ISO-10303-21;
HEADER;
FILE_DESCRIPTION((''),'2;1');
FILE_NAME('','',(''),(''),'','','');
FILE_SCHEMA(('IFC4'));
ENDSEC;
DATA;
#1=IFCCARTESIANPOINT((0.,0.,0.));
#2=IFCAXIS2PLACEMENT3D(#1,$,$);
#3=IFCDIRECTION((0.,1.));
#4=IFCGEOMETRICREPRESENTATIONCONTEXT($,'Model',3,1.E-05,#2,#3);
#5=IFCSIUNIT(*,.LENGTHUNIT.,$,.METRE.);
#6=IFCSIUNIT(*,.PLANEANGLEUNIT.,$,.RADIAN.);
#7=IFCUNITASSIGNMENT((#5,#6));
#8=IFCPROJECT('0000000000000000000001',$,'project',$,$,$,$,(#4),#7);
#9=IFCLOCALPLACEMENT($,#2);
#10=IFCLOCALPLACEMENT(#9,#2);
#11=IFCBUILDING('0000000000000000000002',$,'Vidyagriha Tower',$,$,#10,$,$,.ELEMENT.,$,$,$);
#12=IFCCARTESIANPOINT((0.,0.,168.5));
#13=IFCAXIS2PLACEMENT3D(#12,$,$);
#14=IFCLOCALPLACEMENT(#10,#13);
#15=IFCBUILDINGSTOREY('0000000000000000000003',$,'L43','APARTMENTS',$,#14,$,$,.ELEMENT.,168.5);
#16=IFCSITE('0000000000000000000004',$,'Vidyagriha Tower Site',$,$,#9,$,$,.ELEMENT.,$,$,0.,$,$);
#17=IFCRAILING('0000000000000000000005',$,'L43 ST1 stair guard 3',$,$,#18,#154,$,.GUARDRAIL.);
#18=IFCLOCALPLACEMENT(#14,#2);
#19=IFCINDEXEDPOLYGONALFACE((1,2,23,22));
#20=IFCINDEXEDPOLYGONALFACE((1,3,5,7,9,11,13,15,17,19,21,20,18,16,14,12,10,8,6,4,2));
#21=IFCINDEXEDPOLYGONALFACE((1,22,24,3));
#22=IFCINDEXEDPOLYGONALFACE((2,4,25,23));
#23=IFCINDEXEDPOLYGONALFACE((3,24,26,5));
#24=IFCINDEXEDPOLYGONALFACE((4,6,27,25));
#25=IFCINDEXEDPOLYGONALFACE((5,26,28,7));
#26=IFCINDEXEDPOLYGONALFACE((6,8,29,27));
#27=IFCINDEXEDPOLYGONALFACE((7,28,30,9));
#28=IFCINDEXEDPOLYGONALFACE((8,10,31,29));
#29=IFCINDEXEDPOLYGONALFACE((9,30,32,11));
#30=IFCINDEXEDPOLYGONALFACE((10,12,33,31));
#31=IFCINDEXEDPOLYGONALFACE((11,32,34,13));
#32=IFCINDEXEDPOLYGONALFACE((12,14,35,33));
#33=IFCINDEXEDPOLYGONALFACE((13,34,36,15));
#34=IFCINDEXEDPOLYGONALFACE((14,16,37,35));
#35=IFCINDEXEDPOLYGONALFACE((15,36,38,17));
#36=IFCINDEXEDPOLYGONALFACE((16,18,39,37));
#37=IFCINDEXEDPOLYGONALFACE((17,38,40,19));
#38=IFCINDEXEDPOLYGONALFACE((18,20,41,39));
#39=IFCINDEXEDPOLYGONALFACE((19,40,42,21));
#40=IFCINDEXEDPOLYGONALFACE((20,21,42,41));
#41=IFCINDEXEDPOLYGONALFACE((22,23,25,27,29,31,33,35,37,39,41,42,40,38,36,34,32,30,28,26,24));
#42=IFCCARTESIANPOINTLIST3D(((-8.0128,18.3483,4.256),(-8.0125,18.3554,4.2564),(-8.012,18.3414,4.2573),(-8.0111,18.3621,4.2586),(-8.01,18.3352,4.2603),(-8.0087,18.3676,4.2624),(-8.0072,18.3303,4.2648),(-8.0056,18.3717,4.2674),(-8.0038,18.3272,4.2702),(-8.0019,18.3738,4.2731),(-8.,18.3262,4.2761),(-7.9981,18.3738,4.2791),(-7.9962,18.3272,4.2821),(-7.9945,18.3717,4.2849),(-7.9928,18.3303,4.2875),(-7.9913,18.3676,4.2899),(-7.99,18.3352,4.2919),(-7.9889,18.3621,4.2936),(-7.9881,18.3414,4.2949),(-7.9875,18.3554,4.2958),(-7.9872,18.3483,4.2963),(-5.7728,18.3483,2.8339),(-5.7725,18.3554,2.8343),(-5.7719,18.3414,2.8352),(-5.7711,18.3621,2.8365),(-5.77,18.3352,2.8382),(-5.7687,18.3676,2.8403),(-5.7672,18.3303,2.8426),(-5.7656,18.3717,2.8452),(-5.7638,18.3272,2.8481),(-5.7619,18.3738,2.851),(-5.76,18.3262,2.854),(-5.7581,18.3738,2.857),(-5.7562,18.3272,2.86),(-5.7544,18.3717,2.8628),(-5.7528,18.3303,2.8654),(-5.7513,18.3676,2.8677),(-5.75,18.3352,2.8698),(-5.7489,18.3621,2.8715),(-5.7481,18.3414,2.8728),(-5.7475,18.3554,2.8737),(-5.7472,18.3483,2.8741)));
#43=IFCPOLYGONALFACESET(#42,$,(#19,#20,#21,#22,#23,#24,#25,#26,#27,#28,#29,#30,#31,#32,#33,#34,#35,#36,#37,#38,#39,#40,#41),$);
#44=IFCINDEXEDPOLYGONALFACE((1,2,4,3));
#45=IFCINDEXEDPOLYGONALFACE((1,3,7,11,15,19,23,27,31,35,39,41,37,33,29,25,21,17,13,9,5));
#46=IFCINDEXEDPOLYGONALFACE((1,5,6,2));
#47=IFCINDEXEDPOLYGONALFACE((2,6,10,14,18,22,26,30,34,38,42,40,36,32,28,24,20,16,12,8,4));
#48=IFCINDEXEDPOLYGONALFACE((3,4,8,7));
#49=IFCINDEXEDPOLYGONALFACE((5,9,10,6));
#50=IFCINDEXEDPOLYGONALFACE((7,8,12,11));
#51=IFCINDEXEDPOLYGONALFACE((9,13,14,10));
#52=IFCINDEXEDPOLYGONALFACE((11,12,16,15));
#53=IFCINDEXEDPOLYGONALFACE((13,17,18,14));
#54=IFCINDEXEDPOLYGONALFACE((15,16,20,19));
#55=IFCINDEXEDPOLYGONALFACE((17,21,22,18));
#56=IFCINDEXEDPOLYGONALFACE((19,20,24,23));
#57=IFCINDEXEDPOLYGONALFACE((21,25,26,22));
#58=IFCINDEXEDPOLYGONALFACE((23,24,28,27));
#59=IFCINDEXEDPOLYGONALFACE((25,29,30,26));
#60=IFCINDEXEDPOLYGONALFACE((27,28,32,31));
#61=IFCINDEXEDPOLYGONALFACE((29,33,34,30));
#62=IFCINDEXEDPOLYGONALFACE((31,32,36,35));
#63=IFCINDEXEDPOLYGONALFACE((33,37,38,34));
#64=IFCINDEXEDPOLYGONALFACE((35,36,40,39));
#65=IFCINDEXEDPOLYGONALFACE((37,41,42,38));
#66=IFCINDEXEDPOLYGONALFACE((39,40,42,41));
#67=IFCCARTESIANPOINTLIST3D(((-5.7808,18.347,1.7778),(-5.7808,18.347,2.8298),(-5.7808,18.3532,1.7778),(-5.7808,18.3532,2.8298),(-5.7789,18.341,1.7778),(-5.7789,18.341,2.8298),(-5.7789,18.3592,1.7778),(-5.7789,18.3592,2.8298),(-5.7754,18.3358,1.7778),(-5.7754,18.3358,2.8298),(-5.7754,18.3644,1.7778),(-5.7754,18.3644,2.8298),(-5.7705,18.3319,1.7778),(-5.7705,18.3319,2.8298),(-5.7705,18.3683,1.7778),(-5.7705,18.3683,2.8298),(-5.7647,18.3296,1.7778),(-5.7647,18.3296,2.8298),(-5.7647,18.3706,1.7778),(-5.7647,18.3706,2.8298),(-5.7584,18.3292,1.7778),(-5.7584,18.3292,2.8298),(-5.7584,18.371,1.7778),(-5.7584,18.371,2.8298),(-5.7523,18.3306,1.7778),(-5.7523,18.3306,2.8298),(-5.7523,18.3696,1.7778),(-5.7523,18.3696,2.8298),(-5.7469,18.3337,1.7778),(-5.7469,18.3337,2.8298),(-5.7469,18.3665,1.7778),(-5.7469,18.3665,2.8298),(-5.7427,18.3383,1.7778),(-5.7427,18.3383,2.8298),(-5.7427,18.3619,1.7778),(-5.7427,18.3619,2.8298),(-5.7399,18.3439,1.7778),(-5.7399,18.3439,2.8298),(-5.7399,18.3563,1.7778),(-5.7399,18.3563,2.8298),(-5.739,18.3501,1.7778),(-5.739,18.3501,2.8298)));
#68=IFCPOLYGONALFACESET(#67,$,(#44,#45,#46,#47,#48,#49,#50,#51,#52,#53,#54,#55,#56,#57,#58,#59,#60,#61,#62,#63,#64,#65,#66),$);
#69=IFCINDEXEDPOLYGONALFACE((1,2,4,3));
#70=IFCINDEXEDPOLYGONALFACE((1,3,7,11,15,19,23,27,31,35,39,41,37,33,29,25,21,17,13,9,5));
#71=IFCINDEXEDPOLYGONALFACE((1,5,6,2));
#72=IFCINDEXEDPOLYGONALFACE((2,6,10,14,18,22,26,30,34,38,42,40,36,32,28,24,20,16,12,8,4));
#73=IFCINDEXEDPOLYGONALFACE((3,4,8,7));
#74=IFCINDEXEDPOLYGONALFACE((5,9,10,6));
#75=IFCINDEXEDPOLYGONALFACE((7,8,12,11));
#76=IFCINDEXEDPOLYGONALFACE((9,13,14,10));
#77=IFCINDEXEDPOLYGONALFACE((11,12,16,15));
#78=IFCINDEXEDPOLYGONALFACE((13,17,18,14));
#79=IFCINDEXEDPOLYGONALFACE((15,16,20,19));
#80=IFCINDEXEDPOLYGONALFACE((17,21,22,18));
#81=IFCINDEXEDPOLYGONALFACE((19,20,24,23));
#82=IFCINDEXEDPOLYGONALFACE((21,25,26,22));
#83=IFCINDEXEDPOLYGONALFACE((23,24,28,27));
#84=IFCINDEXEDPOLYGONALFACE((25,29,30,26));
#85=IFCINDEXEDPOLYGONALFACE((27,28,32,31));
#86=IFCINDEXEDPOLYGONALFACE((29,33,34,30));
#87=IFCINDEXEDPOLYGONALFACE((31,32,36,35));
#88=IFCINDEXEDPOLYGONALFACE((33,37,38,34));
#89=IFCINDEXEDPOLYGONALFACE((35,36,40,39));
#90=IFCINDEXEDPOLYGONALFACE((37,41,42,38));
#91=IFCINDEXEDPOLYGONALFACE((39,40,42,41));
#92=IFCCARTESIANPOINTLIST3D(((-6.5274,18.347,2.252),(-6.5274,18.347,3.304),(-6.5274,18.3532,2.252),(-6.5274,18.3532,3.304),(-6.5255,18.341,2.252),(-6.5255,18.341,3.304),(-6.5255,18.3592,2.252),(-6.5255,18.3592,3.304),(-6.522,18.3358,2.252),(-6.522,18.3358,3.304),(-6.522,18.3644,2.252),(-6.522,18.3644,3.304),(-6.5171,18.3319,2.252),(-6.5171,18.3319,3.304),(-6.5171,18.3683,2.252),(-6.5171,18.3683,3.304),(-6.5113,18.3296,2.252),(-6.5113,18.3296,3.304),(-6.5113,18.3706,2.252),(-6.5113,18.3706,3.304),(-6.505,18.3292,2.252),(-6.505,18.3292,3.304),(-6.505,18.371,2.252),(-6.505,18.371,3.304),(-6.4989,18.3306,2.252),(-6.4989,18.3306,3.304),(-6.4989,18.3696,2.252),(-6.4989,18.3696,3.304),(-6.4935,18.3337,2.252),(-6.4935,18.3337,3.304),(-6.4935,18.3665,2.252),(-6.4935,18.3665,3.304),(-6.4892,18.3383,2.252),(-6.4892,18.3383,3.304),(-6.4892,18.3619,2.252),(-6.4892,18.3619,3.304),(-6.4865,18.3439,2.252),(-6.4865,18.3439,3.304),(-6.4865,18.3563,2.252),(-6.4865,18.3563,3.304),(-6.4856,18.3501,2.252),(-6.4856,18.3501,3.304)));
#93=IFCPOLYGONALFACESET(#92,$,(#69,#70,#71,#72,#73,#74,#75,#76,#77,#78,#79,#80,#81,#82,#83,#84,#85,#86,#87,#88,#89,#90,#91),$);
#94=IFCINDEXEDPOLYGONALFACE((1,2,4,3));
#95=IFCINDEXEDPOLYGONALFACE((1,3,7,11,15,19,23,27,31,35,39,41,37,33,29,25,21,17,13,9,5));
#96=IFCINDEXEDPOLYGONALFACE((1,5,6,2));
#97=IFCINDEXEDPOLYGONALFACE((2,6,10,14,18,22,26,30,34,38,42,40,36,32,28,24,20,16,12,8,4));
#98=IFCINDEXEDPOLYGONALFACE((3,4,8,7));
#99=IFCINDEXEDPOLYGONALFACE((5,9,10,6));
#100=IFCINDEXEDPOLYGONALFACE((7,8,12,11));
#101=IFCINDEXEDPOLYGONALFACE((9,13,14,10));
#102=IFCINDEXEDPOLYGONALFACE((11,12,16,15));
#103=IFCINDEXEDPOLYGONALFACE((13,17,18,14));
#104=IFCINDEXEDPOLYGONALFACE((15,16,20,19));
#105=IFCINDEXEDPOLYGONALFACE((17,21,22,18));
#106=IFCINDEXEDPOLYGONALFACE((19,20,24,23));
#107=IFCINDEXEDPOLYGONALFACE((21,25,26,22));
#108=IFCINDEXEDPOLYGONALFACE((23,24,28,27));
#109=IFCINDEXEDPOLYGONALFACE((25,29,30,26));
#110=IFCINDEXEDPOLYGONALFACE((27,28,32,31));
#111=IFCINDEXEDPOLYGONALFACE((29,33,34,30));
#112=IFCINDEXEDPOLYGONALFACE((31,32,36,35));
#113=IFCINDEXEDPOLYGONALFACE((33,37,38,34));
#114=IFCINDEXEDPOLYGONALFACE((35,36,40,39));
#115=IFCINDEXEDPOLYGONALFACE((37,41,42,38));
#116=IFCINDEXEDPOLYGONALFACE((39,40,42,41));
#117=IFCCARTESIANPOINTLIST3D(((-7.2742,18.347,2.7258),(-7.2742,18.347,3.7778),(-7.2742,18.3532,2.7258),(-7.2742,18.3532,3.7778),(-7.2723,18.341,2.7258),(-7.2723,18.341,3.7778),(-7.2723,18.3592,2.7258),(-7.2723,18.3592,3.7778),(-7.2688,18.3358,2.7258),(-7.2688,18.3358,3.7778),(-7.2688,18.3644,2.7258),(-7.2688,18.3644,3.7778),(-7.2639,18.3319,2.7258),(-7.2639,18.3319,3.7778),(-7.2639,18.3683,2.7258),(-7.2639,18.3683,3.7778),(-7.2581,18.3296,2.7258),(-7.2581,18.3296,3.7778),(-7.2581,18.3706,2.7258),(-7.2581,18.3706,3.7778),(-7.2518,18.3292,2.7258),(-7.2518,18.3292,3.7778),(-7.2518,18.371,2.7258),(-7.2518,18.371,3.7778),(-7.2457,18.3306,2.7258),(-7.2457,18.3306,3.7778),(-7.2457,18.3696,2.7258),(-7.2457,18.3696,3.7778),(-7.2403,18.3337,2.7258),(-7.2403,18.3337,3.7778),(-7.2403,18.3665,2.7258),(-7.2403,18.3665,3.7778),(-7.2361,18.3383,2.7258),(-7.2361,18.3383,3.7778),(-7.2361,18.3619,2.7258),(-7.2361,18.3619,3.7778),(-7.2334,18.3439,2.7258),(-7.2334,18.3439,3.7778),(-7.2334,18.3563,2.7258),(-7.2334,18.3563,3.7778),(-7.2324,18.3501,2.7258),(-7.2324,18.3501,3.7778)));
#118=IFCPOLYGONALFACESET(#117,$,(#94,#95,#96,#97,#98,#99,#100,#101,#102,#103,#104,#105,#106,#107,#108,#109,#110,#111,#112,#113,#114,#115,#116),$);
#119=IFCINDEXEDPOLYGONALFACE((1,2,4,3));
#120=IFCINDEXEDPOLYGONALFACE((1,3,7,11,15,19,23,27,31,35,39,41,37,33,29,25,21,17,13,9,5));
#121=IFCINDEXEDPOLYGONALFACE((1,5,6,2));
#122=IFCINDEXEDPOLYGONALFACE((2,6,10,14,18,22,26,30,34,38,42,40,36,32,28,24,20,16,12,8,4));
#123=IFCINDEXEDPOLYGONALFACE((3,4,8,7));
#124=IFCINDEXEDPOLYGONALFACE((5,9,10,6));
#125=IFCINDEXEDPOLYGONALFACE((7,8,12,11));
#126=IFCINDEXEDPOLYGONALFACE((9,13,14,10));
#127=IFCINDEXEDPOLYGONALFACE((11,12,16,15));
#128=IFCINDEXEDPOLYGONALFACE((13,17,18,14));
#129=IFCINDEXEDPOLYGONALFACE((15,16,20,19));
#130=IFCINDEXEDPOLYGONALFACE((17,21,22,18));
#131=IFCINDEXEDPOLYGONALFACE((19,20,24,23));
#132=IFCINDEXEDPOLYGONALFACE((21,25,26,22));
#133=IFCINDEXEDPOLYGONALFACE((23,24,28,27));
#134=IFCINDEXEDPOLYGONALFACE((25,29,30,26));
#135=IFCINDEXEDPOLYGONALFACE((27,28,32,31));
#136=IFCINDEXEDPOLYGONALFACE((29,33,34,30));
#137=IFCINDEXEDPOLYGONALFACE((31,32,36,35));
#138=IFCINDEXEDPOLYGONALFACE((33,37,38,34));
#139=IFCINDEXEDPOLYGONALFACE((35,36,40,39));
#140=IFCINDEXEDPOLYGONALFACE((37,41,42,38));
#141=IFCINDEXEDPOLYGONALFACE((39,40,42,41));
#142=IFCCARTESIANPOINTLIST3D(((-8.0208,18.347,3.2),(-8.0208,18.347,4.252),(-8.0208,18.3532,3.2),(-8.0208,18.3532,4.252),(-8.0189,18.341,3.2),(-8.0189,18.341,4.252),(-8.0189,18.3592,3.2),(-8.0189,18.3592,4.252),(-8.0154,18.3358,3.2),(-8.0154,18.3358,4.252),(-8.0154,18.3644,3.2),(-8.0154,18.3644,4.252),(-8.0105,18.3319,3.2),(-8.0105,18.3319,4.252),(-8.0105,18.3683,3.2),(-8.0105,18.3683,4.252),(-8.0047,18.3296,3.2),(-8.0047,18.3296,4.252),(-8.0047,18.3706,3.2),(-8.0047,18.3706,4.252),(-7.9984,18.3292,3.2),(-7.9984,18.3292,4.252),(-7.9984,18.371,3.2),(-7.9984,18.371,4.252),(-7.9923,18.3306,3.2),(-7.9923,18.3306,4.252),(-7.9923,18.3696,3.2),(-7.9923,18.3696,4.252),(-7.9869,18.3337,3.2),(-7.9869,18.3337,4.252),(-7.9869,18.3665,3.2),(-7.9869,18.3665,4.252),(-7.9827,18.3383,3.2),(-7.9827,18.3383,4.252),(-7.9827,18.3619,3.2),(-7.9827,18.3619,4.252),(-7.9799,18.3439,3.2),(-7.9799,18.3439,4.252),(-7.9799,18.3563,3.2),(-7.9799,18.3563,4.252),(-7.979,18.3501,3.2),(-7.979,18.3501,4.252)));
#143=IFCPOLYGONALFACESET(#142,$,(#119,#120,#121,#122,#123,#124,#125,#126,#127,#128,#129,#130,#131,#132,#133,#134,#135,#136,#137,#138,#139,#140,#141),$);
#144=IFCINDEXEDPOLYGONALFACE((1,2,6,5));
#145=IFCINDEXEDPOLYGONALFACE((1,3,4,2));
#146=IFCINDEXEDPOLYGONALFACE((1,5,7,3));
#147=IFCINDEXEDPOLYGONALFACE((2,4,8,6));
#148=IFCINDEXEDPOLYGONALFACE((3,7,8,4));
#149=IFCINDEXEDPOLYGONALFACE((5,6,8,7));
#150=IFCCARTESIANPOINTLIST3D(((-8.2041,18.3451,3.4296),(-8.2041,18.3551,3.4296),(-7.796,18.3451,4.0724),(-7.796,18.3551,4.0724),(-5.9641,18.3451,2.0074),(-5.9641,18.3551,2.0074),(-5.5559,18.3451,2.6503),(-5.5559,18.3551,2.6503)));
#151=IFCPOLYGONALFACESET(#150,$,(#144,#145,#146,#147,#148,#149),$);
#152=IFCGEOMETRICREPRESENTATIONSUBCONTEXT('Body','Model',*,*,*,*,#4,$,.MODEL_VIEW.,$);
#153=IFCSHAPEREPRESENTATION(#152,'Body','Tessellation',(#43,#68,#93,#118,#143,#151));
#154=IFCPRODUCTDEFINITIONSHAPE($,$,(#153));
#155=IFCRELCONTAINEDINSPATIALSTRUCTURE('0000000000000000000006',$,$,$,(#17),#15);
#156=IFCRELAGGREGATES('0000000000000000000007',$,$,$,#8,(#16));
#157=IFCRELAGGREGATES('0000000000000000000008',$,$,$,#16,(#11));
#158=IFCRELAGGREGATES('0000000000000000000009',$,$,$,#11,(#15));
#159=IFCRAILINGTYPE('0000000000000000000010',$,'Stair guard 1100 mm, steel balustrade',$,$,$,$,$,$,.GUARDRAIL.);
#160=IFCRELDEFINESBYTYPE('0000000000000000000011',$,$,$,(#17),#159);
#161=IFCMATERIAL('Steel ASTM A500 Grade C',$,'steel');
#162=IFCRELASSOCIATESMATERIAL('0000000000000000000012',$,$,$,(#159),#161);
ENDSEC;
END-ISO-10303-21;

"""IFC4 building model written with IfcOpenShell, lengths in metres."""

from ifc_helpers import new_model, si_unit, direction, frame, origin, origin_2d, place, context, subcontext, project, spatial, rectangle, circle, extrude, material, type_object, element, save


model = new_model("IFC4")

# Units and contexts
model_context = context("Model", 3, precision=1e-05, world=origin(), true_north=direction((0.0, 1.0)))
body_context = subcontext(model_context, "Body", "Model", "MODEL_VIEW")
ifc_project = project(units=[si_unit("LENGTHUNIT", "METRE"), si_unit("PLANEANGLEUNIT", "RADIAN")], contexts=[model_context])

# Site, building, storey
site_placement = place(None, origin())
site = spatial("IfcSite", under=ifc_project, at=site_placement, Name="Vidyagriha Tower Site", CompositionType="ELEMENT", RefElevation=0.0)
building_placement = place(site_placement, origin())
building = spatial("IfcBuilding", under=site, at=building_placement, Name="Vidyagriha Tower", CompositionType="ELEMENT")
storey_placement = place(building_placement, frame((0.0, 0.0, 168.5)))
storey = spatial("IfcBuildingStorey", under=building, at=storey_placement, Name="L43", Description="APARTMENTS", CompositionType="ELEMENT", Elevation=168.5)

# Railing
ifc_material_1 = material(Name="Steel ASTM A500 Grade C", Category="steel")
railing_type_1 = type_object("IfcRailingType", Name="Stair guard 1100 mm, steel balustrade", PredefinedType="GUARDRAIL", material=ifc_material_1)
railing_1_placement = place(storey_placement, frame((-5.76, 18.3501, 1.7778)))
element("IfcRailing", 1, at=railing_1_placement, inside=storey, type_object=railing_type_1, Name="L43 ST1 stair guard 3", PredefinedType="GUARDRAIL", context=body_context, shape_type="SweptSolid", body=[
    extrude(circle(Radius=0.0239, at=origin_2d()), frame((0.0, 0.0, 1.0762), z_axis=(-0.844229, 0.0, 0.535982), x_axis=(0.0, -1.0, 0.0)), (0.0, 0.0, 1.0), 2.6533),
    extrude(circle(Radius=0.021, at=origin_2d()), origin(), (0.0, 0.0, 1.0), 1.052),
    extrude(circle(Radius=0.021, at=origin_2d()), frame((-0.7466, 0.0, 0.4741)), (0.0, 0.0, 1.0), 1.052),
    extrude(circle(Radius=0.021, at=origin_2d()), frame((-1.4934, 0.0, 0.948)), (0.0, 0.0, 1.0), 1.052),
    extrude(circle(Radius=0.021, at=origin_2d()), frame((-2.24, 0.0, 1.4221)), (0.0, 0.0, 1.0), 1.052),
    extrude(rectangle(XDim=0.01, YDim=0.7615, at=origin_2d()), frame((0.0, 0.0, 0.551), z_axis=(-0.844229, 0.0, 0.535982), x_axis=(0.0, -1.0, 0.0)), (0.0, 0.0, 1.0), 2.6533),
])

save(model, "model.ifc")
